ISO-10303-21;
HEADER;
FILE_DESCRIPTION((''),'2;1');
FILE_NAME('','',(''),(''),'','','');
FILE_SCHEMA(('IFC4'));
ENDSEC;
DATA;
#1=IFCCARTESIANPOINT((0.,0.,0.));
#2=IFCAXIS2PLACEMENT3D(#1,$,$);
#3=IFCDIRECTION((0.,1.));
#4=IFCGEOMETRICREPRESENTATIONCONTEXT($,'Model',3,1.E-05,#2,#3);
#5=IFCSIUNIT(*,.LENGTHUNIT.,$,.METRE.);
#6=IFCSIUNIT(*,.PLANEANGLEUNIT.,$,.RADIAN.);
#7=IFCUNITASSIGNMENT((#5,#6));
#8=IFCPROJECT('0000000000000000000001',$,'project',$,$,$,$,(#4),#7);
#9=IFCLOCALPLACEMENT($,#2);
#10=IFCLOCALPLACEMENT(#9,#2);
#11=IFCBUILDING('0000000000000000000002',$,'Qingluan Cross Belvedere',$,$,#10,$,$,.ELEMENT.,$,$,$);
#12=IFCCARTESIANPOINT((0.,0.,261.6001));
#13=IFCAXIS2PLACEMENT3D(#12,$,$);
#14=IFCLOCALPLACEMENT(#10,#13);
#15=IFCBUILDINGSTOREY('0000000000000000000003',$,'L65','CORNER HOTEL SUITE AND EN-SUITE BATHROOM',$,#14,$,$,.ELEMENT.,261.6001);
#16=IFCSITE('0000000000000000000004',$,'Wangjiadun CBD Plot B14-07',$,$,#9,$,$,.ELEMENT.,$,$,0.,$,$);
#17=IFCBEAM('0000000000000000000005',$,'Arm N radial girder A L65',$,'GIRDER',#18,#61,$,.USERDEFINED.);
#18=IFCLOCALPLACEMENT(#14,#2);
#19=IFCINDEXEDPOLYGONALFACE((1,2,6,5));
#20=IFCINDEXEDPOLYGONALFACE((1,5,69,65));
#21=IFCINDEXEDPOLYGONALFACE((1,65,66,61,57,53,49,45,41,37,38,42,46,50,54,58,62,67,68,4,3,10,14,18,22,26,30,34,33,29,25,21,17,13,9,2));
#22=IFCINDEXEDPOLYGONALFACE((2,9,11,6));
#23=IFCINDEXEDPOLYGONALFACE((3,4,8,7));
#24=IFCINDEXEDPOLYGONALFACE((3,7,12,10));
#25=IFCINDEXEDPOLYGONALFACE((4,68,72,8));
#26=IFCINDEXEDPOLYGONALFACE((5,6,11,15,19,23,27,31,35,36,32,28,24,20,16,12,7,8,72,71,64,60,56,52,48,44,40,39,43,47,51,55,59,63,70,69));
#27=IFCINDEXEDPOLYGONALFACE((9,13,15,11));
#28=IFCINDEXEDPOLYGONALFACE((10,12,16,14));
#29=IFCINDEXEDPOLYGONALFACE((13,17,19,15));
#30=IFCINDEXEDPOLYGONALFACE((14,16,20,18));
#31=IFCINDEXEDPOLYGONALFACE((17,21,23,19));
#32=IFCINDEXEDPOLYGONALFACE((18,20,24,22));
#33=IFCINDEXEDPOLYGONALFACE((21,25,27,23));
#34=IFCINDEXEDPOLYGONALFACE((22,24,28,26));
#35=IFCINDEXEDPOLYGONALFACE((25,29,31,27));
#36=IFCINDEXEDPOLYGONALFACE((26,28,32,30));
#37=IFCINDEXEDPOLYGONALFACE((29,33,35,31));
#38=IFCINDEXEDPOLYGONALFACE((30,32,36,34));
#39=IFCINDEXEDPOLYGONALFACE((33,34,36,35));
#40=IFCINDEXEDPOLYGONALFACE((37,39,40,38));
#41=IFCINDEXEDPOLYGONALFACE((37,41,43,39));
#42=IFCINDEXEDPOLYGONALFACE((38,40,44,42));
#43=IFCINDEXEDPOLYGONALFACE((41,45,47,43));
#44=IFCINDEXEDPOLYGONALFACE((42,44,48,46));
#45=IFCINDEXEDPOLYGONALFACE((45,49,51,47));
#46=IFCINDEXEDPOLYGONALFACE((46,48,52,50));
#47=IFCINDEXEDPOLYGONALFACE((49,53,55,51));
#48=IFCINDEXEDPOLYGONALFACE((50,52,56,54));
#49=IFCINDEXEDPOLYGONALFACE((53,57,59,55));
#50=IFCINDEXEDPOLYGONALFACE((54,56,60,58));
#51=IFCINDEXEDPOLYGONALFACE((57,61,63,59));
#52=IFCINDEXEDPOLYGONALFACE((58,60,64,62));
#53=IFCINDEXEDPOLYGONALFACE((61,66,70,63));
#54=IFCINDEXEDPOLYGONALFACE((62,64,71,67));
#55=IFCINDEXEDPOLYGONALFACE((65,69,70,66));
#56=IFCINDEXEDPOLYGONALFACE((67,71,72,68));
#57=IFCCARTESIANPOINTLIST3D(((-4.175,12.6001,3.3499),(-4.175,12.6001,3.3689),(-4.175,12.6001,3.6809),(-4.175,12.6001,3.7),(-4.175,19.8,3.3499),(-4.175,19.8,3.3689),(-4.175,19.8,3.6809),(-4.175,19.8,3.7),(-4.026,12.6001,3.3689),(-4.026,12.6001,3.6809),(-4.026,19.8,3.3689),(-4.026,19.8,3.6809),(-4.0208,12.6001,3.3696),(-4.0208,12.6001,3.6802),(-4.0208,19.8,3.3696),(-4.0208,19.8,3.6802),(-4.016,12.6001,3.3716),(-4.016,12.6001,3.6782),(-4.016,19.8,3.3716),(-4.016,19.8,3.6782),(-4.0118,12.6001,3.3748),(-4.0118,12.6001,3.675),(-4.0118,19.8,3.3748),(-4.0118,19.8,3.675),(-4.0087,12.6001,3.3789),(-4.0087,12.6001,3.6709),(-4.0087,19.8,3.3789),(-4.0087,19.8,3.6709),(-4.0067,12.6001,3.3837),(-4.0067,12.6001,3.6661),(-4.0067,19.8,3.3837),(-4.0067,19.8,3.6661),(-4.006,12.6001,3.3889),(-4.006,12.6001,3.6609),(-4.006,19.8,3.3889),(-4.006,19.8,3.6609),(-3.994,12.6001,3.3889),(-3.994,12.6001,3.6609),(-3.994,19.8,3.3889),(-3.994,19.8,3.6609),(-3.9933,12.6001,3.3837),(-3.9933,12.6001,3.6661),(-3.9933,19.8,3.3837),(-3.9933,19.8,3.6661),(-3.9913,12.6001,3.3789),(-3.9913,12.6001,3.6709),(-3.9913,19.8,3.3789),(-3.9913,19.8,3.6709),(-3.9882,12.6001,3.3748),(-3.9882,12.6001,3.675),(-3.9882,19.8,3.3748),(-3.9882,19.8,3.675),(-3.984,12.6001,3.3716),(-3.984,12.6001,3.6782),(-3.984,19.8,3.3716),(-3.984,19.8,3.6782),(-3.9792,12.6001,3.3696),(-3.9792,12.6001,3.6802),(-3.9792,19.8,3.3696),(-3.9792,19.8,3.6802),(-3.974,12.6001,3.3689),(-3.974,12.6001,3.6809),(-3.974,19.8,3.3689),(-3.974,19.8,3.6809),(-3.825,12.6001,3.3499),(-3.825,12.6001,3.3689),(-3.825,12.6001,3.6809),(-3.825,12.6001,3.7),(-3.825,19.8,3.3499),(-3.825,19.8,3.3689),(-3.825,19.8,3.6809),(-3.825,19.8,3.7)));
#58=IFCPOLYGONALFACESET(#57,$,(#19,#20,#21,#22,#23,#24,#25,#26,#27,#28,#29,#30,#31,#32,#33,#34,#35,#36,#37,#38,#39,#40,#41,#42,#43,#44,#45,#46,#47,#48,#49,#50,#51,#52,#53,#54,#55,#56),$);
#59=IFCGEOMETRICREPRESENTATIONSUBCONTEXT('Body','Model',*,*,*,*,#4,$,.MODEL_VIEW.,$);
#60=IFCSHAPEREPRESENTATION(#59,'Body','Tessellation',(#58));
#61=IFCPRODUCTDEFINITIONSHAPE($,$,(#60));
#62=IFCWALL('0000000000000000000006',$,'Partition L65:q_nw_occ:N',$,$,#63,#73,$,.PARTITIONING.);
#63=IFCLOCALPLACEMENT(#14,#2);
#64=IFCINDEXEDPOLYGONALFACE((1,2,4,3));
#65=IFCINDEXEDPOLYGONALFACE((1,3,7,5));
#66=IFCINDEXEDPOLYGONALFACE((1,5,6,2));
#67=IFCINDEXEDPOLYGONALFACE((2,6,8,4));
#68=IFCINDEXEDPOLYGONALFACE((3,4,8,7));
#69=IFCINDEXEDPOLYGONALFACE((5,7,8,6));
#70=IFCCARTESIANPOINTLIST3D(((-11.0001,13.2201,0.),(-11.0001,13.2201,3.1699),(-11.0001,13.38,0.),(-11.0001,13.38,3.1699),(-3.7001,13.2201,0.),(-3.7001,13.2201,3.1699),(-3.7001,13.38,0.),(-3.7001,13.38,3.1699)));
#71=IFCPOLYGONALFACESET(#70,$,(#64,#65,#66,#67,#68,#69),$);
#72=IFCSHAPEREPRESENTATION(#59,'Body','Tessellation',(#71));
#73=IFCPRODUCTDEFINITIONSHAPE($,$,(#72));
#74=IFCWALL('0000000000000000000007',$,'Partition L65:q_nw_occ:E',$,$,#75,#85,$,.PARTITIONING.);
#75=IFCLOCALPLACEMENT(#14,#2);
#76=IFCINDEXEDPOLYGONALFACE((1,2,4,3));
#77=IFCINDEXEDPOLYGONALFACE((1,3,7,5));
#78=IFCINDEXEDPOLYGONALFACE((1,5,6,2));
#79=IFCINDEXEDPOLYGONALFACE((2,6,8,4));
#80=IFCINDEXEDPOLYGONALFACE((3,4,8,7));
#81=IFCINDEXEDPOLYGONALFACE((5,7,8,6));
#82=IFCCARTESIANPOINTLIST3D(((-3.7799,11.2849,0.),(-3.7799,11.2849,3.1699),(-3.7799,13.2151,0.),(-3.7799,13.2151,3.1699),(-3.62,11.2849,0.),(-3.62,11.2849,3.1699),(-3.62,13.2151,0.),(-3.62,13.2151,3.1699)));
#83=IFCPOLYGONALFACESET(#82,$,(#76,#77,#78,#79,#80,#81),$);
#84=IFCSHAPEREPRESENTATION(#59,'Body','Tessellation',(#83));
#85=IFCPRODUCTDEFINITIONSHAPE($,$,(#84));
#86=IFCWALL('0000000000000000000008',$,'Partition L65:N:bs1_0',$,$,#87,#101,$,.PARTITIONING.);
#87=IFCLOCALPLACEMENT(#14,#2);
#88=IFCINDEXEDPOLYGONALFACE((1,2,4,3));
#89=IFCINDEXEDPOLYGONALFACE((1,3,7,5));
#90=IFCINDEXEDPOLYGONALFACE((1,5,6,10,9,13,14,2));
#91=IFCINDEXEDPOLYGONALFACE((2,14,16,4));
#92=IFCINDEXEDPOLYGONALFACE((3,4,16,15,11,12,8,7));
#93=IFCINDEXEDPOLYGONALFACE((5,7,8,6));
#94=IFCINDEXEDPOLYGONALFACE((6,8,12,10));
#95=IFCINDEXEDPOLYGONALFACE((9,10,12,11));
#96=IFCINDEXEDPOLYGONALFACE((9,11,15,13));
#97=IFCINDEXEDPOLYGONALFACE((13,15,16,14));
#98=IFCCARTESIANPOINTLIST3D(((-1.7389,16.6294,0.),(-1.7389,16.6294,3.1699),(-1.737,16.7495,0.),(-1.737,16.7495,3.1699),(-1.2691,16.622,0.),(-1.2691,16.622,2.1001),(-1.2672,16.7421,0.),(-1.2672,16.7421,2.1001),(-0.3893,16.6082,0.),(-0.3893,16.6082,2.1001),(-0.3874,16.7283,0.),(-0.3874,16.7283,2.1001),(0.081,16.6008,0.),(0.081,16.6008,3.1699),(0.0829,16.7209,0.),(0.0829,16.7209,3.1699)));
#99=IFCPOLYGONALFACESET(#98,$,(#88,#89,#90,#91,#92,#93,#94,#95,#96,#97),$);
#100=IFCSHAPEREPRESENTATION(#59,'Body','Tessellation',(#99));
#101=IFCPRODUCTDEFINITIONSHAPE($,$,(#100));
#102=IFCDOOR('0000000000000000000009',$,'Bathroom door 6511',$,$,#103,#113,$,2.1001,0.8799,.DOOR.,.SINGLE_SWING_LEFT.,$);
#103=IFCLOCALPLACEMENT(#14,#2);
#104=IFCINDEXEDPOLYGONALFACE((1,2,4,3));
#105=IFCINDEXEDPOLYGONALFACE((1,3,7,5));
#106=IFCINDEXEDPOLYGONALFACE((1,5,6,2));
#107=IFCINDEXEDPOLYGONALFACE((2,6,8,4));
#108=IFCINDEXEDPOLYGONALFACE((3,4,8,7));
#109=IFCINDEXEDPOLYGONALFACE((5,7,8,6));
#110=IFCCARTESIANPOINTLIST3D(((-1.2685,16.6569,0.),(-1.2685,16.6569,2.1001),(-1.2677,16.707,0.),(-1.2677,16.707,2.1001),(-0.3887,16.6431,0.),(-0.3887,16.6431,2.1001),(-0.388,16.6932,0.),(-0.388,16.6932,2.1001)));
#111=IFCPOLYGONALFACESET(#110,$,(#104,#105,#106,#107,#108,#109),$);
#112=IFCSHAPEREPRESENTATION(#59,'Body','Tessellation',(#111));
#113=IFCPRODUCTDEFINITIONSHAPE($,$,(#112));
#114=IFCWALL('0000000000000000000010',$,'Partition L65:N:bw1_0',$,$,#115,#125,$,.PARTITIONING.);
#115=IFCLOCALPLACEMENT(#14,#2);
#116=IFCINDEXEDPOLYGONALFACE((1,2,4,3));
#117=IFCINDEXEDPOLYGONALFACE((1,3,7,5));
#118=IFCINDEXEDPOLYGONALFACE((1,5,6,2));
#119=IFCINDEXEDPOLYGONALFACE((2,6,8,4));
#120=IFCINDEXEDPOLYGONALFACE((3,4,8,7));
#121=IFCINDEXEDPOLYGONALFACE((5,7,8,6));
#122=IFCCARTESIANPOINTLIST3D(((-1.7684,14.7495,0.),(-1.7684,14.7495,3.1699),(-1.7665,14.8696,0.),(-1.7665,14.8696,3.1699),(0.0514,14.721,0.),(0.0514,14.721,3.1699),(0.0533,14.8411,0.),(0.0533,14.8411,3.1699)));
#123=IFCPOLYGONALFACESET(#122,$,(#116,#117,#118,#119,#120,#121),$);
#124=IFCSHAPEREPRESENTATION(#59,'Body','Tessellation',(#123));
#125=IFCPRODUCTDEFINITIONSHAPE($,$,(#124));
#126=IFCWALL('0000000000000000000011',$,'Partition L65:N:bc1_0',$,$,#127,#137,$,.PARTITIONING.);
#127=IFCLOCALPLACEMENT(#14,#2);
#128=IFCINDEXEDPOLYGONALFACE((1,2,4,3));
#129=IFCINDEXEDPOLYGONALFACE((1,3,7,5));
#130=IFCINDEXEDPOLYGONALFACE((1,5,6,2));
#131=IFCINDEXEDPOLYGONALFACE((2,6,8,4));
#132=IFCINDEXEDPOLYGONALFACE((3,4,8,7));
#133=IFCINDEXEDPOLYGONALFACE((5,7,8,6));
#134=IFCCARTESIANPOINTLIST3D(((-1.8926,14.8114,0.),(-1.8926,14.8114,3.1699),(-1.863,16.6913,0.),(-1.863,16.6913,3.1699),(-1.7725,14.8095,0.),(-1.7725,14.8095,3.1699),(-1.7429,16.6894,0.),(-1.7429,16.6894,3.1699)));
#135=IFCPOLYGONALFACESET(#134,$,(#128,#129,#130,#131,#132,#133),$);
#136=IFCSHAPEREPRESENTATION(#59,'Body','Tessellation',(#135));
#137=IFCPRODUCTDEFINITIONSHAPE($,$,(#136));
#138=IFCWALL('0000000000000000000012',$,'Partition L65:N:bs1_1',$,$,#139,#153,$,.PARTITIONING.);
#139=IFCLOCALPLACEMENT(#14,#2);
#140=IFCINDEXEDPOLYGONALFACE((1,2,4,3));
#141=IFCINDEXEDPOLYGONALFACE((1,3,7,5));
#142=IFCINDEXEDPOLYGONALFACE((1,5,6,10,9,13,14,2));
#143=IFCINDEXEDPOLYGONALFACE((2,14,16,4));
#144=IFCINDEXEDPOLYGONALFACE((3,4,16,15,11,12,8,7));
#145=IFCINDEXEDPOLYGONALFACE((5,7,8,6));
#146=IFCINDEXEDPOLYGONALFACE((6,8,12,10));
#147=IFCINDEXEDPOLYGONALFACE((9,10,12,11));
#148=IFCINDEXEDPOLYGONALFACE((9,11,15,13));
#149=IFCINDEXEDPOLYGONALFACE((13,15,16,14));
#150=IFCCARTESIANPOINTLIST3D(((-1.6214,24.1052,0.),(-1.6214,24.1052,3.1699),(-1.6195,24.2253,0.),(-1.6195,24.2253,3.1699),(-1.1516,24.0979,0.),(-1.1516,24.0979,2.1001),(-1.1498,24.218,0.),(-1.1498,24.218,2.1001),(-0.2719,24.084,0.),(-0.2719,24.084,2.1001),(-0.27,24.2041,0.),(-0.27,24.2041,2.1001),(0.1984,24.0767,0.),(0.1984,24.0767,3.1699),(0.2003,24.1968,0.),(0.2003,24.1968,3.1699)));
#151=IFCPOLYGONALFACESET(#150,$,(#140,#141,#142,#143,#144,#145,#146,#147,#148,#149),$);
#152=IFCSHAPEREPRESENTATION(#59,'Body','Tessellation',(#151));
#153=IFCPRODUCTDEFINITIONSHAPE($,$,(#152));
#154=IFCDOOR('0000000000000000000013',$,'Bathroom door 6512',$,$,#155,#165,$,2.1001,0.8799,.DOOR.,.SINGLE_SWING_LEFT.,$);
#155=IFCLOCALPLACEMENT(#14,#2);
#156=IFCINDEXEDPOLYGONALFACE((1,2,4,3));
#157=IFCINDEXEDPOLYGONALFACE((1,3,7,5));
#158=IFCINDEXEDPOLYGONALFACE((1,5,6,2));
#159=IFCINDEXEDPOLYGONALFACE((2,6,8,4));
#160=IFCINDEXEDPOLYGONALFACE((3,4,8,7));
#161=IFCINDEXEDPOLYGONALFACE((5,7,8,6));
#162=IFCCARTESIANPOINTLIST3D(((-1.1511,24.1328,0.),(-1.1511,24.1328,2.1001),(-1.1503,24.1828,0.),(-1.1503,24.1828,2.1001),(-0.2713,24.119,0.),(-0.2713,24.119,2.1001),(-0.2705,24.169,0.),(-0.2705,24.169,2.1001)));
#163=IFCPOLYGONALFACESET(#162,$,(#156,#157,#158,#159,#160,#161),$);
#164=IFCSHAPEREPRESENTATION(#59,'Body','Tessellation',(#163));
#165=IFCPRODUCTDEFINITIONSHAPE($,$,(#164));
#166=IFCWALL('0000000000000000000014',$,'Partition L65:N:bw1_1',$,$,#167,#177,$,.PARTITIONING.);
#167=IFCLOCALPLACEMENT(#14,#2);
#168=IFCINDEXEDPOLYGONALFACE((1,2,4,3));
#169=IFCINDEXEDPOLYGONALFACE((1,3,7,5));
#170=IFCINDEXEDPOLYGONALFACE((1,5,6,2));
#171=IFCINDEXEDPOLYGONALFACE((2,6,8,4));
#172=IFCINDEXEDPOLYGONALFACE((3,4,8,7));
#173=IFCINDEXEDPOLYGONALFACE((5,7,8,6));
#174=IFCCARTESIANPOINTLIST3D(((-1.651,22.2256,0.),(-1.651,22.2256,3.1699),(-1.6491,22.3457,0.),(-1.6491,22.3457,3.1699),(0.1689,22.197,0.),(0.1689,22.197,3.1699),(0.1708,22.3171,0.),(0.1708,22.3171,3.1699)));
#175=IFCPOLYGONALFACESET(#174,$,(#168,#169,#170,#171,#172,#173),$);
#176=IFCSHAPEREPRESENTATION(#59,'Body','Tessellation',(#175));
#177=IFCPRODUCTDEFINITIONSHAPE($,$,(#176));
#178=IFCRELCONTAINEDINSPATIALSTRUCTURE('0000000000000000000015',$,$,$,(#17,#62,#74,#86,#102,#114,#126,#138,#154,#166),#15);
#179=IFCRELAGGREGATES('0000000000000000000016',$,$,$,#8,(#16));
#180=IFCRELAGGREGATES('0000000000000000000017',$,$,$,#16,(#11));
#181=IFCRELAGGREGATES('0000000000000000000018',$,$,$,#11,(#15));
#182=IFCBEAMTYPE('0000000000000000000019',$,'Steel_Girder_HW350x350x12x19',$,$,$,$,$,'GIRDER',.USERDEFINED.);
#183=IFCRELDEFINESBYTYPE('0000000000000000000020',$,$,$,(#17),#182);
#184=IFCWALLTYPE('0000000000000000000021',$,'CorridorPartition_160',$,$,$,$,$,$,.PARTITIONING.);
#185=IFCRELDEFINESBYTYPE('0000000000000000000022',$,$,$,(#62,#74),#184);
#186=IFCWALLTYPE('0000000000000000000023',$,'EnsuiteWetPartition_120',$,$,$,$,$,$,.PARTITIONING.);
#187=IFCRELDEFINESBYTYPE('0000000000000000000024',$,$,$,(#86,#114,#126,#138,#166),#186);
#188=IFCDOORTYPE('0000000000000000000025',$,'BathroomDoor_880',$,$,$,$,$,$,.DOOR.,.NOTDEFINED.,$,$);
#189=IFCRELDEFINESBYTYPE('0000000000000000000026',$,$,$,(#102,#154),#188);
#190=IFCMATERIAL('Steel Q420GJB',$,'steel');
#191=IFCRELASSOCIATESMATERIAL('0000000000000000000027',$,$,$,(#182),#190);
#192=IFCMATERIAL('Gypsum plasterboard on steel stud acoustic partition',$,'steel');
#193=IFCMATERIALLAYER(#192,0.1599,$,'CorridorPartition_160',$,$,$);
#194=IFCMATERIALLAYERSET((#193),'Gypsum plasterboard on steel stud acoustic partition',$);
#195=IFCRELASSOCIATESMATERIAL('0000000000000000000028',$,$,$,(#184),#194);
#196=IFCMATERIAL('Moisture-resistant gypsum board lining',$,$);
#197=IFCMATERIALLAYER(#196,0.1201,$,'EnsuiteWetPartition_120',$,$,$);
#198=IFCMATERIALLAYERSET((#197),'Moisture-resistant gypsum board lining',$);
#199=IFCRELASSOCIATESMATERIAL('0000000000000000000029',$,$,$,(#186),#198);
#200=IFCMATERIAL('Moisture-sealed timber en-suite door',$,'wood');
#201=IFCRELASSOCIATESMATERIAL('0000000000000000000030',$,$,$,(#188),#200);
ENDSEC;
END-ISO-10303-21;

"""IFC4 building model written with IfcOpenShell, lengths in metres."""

from ifc_helpers import new_model, si_unit, direction, frame, frame_2d, origin, origin_2d, place, context, subcontext, project, spatial, rectangle, i_section, extrude, material, layer, layer_set, material_profile, profile_set, type_object, element, fill, save


model = new_model("IFC4")

# Units and contexts
model_context = context("Model", 3, precision=1e-05, world=origin(), true_north=direction((0.0, 1.0)))
body_context = subcontext(model_context, "Body", "Model", "MODEL_VIEW")
ifc_project = project(units=[si_unit("LENGTHUNIT", "METRE"), si_unit("PLANEANGLEUNIT", "RADIAN")], contexts=[model_context])

# Site, building, storey
site_placement = place(None, origin())
site = spatial("IfcSite", under=ifc_project, at=site_placement, Name="Wangjiadun CBD Plot B14-07", CompositionType="ELEMENT", RefElevation=0.0)
building_placement = place(site_placement, origin())
building = spatial("IfcBuilding", under=site, at=building_placement, Name="Qingluan Cross Belvedere", CompositionType="ELEMENT")
storey_placement = place(building_placement, frame((0.0, 0.0, 261.6001)))
storey = spatial("IfcBuildingStorey", under=building, at=storey_placement, Name="L65", Description="CORNER HOTEL SUITE AND EN-SUITE BATHROOM", CompositionType="ELEMENT", Elevation=261.6001)

# Beam
ifc_material_1 = material(Name="Steel Q420GJB", Category="steel")
ifc_material_profile_1 = material_profile(ifc_material_1, i_section(OverallWidth=0.3501, OverallDepth=0.3501, WebThickness=0.012, FlangeThickness=0.019, FilletRadius=0.02, at=origin_2d()), Name="HW350x350x12x19")
ifc_profile_set_1 = profile_set([ifc_material_profile_1], Name="Steel Q420GJB")
beam_type_1 = type_object("IfcBeamType", Name="Steel_Girder_HW350x350x12x19", ElementType="GIRDER", PredefinedType="USERDEFINED", material=ifc_profile_set_1)
beam_1_placement = place(storey_placement, frame((-4.0, 12.6001, 3.5249), z_axis=(0.0, 1.0, 0.0), x_axis=(-1.0, 0.0, 0.0)))
element("IfcBeam", 1, at=beam_1_placement, inside=storey, type_object=beam_type_1, Name="Arm N radial girder A L65", ObjectType="GIRDER", PredefinedType="USERDEFINED", context=body_context, shape_type="SweptSolid", body=[
    extrude(i_section(OverallWidth=0.3501, OverallDepth=0.3501, WebThickness=0.012, FlangeThickness=0.019, FilletRadius=0.02, at=origin_2d()), origin(), (0.0, 0.0, 1.0), 7.2),
])

# Walls
ifc_material_2 = material(Name="Gypsum plasterboard on steel stud acoustic partition", Category="steel")
ifc_layer_1 = layer(ifc_material_2, 0.1599, Name="CorridorPartition_160")
ifc_layer_set_1 = layer_set([ifc_layer_1], Name="Gypsum plasterboard on steel stud acoustic partition")
wall_type_1 = type_object("IfcWallType", Name="CorridorPartition_160", PredefinedType="PARTITIONING", material=ifc_layer_set_1)
wall_1_placement = place(storey_placement, frame((-11.0, 13.3, 0.0), z_axis=(0.0, 0.0, 1.0), x_axis=(1.0, 0.0, 0.0)))
element("IfcWall", 2, at=wall_1_placement, inside=storey, type_object=wall_type_1, Name="Partition L65:q_nw_occ:N", PredefinedType="PARTITIONING", context=body_context, shape_type="SweptSolid", body=[
    extrude(rectangle(XDim=7.3, YDim=0.1599, at=frame_2d((3.6499, 0.0))), origin(), (0.0, 0.0, 1.0), 3.1699),
])
wall_2_placement = place(storey_placement, frame((-3.7, 11.2849, 0.0), z_axis=(0.0, 0.0, 1.0), x_axis=(0.0, 1.0, 0.0)))
element("IfcWall", 3, at=wall_2_placement, inside=storey, type_object=wall_type_1, Name="Partition L65:q_nw_occ:E", PredefinedType="PARTITIONING", context=body_context, shape_type="SweptSolid", body=[
    extrude(rectangle(XDim=1.9302, YDim=0.1599, at=frame_2d((0.9651, 0.0))), origin(), (0.0, 0.0, 1.0), 3.1699),
])

# Wall, opening, door
ifc_material_3 = material(Name="Moisture-resistant gypsum board lining")
ifc_layer_2 = layer(ifc_material_3, 0.1201, Name="EnsuiteWetPartition_120")
ifc_layer_set_2 = layer_set([ifc_layer_2], Name="Moisture-resistant gypsum board lining")
wall_type_2 = type_object("IfcWallType", Name="EnsuiteWetPartition_120", PredefinedType="PARTITIONING", material=ifc_layer_set_2)
wall_3_placement = place(storey_placement, frame((-1.738, 16.6895, 0.0), z_axis=(0.0, 0.0, 1.0), x_axis=(0.999877, -0.015694, 0.0)))
wall_3 = element("IfcWall", 4, at=wall_3_placement, inside=storey, type_object=wall_type_2, Name="Partition L65:N:bs1_0", PredefinedType="PARTITIONING", context=body_context, shape_type="SweptSolid", body=[
    extrude(rectangle(XDim=1.8201, YDim=0.1201, at=frame_2d((0.9102, 0.0))), origin(), (0.0, 0.0, 1.0), 3.1699),
])
opening_1_placement = place(wall_3_placement, frame((0.47, 0.0, 0.0)))
opening_1 = element("IfcOpeningElement", 5, at=opening_1_placement, cuts=wall_3, PredefinedType="OPENING", context=body_context, shape_type="SweptSolid", body=[
    extrude(rectangle(XDim=0.8799, YDim=2.1001, at=frame_2d((0.4399, 1.05))), frame((0.0, 0.0701, 0.0), z_axis=(0.0, -1.0, 0.0), x_axis=(1.0, 0.0, 0.0)), (0.0, 0.0, 1.0), 0.1401),
])
ifc_material_4 = material(Name="Moisture-sealed timber en-suite door", Category="wood")
door_type = type_object("IfcDoorType", Name="BathroomDoor_880", OperationType="NOTDEFINED", PredefinedType="DOOR", material=ifc_material_4)
door_1_placement = place(opening_1_placement, origin())
door_1 = element("IfcDoor", 6, at=door_1_placement, inside=storey, type_object=door_type, Name="Bathroom door 6511", OperationType="SINGLE_SWING_LEFT", OverallHeight=2.1001, OverallWidth=0.8799, PredefinedType="DOOR", context=body_context, shape_type="SweptSolid", body=[
    extrude(rectangle(XDim=0.8799, YDim=2.1001, at=frame_2d((0.4399, 1.05))), frame((0.0, 0.0249, 0.0), z_axis=(0.0, -1.0, 0.0), x_axis=(1.0, 0.0, 0.0)), (0.0, 0.0, 1.0), 0.05),
])
fill(opening_1, door_1)

# Walls
wall_4_placement = place(storey_placement, frame((-1.7676, 14.8096, 0.0), z_axis=(0.0, 0.0, 1.0), x_axis=(0.999877, -0.015694, 0.0)))
element("IfcWall", 7, at=wall_4_placement, inside=storey, type_object=wall_type_2, Name="Partition L65:N:bw1_0", PredefinedType="PARTITIONING", context=body_context, shape_type="SweptSolid", body=[
    extrude(rectangle(XDim=1.8201, YDim=0.1201, at=frame_2d((0.9102, 0.0))), origin(), (0.0, 0.0, 1.0), 3.1699),
])
wall_5_placement = place(storey_placement, frame((-1.8325, 14.8105, 0.0), z_axis=(0.0, 0.0, 1.0), x_axis=(0.015712, 0.999877, 0.0)))
element("IfcWall", 8, at=wall_5_placement, inside=storey, type_object=wall_type_2, Name="Partition L65:N:bc1_0", PredefinedType="PARTITIONING", context=body_context, shape_type="SweptSolid", body=[
    extrude(rectangle(XDim=1.8801, YDim=0.1201, at=frame_2d((0.9399, 0.0))), origin(), (0.0, 0.0, 1.0), 3.1699),
])

# Wall, opening, door
wall_6_placement = place(storey_placement, frame((-1.6206, 24.1653, 0.0), z_axis=(0.0, 0.0, 1.0), x_axis=(0.999877, -0.015694, 0.0)))
wall_6 = element("IfcWall", 9, at=wall_6_placement, inside=storey, type_object=wall_type_2, Name="Partition L65:N:bs1_1", PredefinedType="PARTITIONING", context=body_context, shape_type="SweptSolid", body=[
    extrude(rectangle(XDim=1.8201, YDim=0.1201, at=frame_2d((0.9102, 0.0))), origin(), (0.0, 0.0, 1.0), 3.1699),
])
opening_2_placement = place(wall_6_placement, frame((0.47, 0.0, 0.0)))
opening_2 = element("IfcOpeningElement", 10, at=opening_2_placement, cuts=wall_6, PredefinedType="OPENING", context=body_context, shape_type="SweptSolid", body=[
    extrude(rectangle(XDim=0.8799, YDim=2.1001, at=frame_2d((0.4399, 1.05))), frame((0.0, 0.0701, 0.0), z_axis=(0.0, -1.0, 0.0), x_axis=(1.0, 0.0, 0.0)), (0.0, 0.0, 1.0), 0.1401),
])
door_2_placement = place(opening_2_placement, origin())
door_2 = element("IfcDoor", 11, at=door_2_placement, inside=storey, type_object=door_type, Name="Bathroom door 6512", OperationType="SINGLE_SWING_LEFT", OverallHeight=2.1001, OverallWidth=0.8799, PredefinedType="DOOR", context=body_context, shape_type="SweptSolid", body=[
    extrude(rectangle(XDim=0.8799, YDim=2.1001, at=frame_2d((0.4399, 1.05))), frame((0.0, 0.0249, 0.0), z_axis=(0.0, -1.0, 0.0), x_axis=(1.0, 0.0, 0.0)), (0.0, 0.0, 1.0), 0.05),
])
fill(opening_2, door_2)

# Wall
wall_7_placement = place(storey_placement, frame((-1.6501, 22.2856, 0.0), z_axis=(0.0, 0.0, 1.0), x_axis=(0.999877, -0.015694, 0.0)))
element("IfcWall", 12, at=wall_7_placement, inside=storey, type_object=wall_type_2, Name="Partition L65:N:bw1_1", PredefinedType="PARTITIONING", context=body_context, shape_type="SweptSolid", body=[
    extrude(rectangle(XDim=1.8201, YDim=0.1201, at=frame_2d((0.9102, 0.0))), origin(), (0.0, 0.0, 1.0), 3.1699),
])

save(model, "model.ifc")
